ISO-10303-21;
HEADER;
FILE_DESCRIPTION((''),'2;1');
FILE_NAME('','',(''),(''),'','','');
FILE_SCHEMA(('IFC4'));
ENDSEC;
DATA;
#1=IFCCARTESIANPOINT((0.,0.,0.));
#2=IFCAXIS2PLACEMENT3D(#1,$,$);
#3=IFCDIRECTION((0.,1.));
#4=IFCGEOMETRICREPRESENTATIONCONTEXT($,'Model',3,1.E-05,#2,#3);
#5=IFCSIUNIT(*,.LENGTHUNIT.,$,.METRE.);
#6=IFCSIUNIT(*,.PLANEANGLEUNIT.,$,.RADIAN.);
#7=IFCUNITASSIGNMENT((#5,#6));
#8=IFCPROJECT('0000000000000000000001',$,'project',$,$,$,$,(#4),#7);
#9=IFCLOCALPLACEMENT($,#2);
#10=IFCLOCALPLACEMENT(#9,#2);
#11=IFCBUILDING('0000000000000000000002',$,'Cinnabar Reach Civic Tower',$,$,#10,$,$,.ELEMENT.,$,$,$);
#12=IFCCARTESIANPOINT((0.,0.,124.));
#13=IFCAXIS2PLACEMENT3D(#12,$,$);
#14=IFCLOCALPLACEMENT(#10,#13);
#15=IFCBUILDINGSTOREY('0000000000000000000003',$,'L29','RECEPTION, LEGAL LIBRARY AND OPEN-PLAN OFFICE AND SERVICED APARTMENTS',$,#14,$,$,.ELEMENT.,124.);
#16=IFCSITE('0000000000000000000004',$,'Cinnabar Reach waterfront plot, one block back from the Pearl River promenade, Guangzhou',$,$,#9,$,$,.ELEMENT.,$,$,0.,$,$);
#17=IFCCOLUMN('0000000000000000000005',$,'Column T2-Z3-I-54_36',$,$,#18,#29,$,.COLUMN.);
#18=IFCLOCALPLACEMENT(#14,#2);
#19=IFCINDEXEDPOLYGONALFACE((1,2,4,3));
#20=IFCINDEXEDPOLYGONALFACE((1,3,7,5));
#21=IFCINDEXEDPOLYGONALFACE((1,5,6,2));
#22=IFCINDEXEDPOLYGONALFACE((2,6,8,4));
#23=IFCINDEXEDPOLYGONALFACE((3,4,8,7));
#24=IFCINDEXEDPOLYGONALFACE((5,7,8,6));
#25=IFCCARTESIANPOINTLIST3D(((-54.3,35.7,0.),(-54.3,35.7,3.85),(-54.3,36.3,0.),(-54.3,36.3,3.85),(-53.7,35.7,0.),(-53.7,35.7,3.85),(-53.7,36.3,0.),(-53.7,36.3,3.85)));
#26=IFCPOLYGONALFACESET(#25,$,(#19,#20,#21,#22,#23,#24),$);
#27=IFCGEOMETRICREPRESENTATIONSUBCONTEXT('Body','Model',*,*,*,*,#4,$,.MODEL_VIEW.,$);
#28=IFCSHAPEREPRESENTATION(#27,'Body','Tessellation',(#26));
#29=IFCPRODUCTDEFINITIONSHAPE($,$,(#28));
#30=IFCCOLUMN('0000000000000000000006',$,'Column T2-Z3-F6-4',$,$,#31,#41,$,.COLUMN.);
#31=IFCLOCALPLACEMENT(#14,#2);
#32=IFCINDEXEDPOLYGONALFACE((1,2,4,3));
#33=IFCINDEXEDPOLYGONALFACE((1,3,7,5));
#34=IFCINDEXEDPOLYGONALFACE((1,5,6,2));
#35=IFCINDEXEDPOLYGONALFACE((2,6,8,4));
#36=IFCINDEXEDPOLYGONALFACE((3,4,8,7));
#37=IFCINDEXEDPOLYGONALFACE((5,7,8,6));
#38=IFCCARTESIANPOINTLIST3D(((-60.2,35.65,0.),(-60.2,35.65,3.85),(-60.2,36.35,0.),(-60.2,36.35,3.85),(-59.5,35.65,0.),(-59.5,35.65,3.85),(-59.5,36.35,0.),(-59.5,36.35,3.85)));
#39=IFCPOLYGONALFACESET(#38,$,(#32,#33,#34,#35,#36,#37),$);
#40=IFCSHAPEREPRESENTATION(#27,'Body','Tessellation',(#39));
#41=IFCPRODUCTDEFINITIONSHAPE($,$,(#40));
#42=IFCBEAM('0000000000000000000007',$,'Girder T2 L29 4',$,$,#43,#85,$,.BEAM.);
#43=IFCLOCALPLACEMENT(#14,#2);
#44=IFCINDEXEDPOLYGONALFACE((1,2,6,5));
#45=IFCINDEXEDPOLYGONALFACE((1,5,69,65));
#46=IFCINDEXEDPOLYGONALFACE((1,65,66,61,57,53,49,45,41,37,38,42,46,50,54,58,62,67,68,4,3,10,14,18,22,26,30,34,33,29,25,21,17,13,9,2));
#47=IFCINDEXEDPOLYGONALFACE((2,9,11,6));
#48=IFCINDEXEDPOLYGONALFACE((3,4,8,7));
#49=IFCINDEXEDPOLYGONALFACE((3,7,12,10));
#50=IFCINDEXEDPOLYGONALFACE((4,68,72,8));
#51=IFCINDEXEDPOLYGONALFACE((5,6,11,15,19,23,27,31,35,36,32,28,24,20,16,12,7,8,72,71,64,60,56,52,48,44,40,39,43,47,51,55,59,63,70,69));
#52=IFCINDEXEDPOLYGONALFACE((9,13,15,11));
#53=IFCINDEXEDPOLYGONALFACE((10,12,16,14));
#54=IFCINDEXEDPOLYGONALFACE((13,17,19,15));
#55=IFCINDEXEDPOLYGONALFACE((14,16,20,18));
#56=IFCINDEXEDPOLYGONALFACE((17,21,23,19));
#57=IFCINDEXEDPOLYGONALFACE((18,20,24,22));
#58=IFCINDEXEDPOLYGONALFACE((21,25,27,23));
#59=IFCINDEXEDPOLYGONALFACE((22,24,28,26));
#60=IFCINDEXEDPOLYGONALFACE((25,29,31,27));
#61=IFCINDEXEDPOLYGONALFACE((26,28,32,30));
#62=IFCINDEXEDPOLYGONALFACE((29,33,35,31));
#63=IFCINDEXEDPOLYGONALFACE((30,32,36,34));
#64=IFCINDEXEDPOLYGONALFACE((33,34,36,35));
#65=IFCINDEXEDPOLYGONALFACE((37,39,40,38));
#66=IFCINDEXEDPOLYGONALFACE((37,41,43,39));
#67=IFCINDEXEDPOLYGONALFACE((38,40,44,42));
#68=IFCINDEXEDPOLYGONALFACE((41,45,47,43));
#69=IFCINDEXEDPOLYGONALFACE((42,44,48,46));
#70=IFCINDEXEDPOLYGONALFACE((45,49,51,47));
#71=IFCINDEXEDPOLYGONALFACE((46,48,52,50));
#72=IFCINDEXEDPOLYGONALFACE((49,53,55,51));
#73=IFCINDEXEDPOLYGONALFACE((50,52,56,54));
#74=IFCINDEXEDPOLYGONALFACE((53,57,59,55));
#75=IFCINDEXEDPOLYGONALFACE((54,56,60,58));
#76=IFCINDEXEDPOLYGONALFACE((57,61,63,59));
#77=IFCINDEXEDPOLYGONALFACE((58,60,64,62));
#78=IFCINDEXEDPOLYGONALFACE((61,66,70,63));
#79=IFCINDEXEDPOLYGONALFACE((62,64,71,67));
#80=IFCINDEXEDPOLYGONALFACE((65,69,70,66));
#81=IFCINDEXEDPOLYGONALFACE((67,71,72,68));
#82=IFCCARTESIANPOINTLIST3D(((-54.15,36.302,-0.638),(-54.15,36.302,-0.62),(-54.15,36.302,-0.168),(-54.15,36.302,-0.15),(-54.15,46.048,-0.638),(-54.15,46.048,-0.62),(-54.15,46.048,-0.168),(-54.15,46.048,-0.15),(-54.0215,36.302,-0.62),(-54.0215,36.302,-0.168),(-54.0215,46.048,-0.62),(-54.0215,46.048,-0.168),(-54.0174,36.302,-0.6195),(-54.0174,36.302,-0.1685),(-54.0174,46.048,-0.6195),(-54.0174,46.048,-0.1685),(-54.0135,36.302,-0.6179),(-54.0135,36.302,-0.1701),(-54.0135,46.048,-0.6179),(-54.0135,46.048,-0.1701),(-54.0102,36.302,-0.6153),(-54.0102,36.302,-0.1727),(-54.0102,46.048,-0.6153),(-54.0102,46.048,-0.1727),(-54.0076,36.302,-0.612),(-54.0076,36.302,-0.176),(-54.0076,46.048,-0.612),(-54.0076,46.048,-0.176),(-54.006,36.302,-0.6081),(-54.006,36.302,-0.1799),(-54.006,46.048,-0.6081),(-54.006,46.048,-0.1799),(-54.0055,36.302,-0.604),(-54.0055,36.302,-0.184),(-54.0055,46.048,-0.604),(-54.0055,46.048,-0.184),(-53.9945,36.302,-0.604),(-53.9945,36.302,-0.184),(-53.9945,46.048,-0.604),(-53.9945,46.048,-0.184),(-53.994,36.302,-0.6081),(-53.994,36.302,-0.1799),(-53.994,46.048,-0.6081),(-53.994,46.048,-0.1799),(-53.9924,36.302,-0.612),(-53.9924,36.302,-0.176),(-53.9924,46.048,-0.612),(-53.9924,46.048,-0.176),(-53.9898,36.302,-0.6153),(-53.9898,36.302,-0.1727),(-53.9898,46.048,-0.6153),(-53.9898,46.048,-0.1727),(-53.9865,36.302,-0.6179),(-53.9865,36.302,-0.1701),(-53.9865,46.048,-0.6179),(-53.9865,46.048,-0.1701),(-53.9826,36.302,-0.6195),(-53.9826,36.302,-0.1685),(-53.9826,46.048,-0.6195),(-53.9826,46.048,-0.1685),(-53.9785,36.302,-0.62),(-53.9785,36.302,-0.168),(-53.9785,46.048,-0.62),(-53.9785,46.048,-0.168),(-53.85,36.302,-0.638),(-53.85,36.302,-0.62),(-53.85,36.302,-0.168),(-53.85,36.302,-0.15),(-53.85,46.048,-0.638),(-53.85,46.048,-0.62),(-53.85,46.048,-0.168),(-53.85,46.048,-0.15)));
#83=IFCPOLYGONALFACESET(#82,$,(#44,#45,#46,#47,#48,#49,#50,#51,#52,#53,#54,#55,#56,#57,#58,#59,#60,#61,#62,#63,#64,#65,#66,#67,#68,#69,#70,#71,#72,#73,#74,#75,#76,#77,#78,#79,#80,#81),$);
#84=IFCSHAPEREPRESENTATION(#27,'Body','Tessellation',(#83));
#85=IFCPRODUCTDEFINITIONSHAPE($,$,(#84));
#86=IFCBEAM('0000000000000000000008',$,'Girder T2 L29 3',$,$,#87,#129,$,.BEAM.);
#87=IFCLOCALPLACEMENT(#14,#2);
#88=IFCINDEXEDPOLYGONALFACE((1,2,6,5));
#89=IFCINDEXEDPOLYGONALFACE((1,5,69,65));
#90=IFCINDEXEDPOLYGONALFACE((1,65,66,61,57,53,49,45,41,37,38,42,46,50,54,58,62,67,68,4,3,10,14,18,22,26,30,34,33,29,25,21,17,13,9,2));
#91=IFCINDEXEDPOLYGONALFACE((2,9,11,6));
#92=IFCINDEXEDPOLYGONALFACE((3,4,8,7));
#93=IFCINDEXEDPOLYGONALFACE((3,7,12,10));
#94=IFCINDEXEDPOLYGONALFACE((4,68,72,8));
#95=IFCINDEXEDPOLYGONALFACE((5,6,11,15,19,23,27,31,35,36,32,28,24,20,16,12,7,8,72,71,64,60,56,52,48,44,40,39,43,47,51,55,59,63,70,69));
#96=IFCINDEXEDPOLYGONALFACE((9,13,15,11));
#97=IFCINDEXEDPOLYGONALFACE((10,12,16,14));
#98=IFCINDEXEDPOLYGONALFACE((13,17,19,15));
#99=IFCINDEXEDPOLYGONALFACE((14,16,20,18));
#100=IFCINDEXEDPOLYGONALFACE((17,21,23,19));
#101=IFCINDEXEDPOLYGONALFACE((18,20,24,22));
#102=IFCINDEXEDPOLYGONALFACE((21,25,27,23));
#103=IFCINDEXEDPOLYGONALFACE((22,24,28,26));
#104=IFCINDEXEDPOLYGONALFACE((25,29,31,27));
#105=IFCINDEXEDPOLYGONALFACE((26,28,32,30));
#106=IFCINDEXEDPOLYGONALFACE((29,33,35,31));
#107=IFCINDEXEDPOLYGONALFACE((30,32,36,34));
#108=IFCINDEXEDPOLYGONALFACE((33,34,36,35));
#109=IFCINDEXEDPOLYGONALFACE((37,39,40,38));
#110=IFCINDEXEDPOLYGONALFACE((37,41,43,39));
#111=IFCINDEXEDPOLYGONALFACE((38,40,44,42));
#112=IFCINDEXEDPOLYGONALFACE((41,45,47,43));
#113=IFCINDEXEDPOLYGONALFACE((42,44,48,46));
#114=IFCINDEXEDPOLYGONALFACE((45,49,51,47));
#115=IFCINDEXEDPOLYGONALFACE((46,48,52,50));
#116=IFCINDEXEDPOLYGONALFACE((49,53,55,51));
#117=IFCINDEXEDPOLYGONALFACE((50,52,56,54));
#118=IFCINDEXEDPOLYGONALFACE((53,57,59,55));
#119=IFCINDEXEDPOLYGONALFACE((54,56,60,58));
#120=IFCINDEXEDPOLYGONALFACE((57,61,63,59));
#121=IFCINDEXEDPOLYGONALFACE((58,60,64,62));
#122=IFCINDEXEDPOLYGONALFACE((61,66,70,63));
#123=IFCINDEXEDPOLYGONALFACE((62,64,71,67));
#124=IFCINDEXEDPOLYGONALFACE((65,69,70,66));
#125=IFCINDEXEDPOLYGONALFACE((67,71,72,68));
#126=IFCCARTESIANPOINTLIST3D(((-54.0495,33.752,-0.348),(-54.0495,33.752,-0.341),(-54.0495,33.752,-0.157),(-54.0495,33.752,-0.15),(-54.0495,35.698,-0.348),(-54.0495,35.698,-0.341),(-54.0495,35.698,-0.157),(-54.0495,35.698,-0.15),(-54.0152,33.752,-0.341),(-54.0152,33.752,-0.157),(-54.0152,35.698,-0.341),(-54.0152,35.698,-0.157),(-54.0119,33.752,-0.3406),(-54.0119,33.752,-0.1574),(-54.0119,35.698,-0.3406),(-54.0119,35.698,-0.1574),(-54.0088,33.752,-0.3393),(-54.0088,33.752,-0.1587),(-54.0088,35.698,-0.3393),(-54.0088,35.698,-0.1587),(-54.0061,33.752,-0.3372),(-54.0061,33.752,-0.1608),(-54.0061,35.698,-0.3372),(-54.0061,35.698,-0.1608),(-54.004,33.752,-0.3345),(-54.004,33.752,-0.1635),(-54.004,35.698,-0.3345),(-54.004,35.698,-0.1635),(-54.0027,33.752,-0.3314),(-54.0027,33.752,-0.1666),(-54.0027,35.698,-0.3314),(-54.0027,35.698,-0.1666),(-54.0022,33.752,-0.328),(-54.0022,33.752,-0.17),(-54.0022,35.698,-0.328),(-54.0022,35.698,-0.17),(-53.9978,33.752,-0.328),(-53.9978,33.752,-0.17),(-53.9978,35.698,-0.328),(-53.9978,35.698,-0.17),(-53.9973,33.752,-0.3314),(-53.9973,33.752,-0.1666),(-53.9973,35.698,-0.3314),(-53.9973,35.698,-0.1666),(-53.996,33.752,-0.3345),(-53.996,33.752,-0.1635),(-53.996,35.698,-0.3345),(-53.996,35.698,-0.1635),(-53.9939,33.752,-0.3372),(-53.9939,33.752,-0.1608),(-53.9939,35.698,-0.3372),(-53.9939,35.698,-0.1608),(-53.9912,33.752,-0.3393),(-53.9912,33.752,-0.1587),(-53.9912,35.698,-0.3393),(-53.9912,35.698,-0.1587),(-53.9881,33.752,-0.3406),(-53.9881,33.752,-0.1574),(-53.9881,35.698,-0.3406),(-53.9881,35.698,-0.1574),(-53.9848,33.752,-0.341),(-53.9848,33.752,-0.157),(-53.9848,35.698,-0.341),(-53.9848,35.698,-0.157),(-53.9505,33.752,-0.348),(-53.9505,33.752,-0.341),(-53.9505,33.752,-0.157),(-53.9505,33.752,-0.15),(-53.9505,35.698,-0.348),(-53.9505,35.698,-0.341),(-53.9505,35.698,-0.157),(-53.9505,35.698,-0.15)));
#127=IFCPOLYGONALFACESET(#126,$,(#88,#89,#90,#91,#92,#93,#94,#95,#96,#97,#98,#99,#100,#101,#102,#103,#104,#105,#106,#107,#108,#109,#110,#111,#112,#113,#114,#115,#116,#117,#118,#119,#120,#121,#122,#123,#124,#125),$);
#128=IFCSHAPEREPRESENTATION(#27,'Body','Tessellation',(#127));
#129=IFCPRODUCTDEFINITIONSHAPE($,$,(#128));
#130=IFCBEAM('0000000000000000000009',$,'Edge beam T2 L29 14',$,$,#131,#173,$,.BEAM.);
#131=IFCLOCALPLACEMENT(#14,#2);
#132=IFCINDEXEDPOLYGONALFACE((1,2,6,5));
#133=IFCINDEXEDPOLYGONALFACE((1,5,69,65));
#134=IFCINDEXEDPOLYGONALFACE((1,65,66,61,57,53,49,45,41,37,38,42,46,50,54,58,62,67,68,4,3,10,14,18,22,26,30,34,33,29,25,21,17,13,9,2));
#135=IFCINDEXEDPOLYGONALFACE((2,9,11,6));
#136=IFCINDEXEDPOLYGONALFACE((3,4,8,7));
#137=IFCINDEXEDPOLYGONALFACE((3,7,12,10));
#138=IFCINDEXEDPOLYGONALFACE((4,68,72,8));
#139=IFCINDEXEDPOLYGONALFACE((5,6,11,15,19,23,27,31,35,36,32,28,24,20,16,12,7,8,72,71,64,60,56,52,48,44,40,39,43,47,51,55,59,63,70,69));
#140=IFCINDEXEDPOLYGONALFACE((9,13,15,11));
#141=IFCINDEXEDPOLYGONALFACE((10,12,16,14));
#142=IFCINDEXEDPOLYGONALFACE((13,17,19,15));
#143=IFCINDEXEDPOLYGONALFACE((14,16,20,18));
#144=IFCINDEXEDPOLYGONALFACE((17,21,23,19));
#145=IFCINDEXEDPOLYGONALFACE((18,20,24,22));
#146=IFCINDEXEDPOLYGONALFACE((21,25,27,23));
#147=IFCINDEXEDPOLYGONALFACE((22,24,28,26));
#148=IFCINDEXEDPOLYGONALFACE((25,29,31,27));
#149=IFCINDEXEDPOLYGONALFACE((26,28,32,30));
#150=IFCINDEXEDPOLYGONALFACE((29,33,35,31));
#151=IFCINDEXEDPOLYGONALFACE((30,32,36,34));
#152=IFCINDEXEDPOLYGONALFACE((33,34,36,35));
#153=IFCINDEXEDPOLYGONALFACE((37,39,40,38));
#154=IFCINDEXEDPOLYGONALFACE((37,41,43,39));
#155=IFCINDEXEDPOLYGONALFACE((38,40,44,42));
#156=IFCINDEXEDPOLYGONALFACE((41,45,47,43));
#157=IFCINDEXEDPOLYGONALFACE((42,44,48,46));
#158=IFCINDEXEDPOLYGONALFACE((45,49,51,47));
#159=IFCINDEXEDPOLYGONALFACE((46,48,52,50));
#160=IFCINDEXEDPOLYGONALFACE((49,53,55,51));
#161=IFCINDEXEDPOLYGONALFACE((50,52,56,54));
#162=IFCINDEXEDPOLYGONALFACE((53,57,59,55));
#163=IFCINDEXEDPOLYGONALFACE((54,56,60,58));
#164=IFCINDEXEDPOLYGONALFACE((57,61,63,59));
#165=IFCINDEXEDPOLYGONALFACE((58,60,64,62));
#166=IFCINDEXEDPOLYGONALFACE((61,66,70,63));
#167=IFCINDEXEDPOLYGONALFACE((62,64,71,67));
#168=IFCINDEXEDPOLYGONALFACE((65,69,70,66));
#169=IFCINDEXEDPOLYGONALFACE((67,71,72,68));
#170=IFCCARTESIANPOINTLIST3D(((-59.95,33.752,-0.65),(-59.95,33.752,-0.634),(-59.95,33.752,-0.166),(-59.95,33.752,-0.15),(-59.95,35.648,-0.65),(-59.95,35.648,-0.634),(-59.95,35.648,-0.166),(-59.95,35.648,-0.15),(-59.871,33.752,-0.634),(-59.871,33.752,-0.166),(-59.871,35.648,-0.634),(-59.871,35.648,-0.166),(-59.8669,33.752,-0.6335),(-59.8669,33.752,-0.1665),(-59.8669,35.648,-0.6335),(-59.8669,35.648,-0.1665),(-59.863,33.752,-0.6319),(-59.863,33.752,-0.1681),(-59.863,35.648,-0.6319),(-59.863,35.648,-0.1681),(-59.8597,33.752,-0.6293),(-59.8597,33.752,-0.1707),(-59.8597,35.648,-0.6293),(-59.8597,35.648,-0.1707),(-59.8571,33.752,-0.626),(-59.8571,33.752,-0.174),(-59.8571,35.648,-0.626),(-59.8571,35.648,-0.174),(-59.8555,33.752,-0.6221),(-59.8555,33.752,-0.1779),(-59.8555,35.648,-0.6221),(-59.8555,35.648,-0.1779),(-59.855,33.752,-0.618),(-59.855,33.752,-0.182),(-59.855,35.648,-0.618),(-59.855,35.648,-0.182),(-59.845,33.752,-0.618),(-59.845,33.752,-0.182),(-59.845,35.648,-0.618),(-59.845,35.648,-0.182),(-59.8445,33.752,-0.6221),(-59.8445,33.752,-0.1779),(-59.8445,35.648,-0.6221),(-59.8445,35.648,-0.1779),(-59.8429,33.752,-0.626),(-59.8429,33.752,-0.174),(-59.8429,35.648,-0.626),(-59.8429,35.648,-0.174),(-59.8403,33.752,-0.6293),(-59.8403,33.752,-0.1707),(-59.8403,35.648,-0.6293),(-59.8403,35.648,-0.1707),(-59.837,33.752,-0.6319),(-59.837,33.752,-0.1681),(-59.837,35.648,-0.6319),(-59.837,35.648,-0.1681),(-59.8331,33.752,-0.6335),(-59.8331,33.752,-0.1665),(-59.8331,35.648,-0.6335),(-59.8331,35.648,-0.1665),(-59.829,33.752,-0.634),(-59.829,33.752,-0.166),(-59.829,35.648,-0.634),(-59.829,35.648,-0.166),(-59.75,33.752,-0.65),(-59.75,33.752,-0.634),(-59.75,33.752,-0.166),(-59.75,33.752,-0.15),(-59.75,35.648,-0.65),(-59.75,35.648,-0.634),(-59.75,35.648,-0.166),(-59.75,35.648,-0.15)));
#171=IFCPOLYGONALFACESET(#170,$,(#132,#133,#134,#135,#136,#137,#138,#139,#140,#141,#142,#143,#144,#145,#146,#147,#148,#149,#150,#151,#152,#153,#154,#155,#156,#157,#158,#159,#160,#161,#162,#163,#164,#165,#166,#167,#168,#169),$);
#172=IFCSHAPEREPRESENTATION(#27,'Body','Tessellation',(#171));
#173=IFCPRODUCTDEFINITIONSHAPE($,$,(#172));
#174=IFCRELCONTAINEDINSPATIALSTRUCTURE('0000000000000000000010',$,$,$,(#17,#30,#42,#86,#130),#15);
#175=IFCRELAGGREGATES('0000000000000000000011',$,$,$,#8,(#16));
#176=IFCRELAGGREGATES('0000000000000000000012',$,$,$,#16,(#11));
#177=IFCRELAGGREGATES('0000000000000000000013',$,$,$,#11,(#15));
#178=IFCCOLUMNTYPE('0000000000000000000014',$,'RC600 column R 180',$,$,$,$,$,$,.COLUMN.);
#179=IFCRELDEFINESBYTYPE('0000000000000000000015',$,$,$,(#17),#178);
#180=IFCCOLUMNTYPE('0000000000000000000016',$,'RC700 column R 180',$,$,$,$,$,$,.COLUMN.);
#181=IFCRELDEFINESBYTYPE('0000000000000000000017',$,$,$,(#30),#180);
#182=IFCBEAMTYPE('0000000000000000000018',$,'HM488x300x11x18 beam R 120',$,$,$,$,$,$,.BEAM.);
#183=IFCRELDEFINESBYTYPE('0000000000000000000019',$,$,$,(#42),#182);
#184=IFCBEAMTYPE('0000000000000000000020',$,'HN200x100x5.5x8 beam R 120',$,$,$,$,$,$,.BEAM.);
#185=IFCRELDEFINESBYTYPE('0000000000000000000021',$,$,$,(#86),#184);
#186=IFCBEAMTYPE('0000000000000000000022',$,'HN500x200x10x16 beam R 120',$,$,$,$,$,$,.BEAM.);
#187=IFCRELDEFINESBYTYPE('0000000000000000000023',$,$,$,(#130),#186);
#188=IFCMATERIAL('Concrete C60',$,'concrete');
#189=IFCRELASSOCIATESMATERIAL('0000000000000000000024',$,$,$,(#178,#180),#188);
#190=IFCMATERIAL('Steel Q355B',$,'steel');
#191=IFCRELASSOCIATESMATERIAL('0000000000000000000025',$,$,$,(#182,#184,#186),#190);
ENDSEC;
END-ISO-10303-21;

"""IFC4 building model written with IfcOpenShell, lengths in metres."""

from ifc_helpers import new_model, si_unit, direction, frame, origin, origin_2d, place, context, subcontext, project, spatial, rectangle, i_section, extrude, material, material_profile, profile_set, type_object, element, save


model = new_model("IFC4")

# Units and contexts
model_context = context("Model", 3, precision=1e-05, world=origin(), true_north=direction((0.0, 1.0)))
body_context = subcontext(model_context, "Body", "Model", "MODEL_VIEW")
ifc_project = project(units=[si_unit("LENGTHUNIT", "METRE"), si_unit("PLANEANGLEUNIT", "RADIAN")], contexts=[model_context])

# Site, building, storey
site_placement = place(None, origin())
site = spatial("IfcSite", under=ifc_project, at=site_placement, Name="Cinnabar Reach waterfront plot, one block back from the Pearl River promenade, Guangzhou", CompositionType="ELEMENT", RefElevation=0.0)
building_placement = place(site_placement, origin())
building = spatial("IfcBuilding", under=site, at=building_placement, Name="Cinnabar Reach Civic Tower", CompositionType="ELEMENT")
storey_placement = place(building_placement, frame((0.0, 0.0, 124.0)))
storey = spatial("IfcBuildingStorey", under=building, at=storey_placement, Name="L29", Description="RECEPTION, LEGAL LIBRARY AND OPEN-PLAN OFFICE AND SERVICED APARTMENTS", CompositionType="ELEMENT", Elevation=124.0)

# Columns
ifc_material_1 = material(Name="Concrete C60", Category="concrete")
ifc_material_profile_1 = material_profile(ifc_material_1, rectangle(XDim=0.6, YDim=0.6, at=origin_2d()), Name="RC600")
ifc_profile_set_1 = profile_set([ifc_material_profile_1], Name="Concrete C60")
column_type_1 = type_object("IfcColumnType", Name="RC600 column R 180", PredefinedType="COLUMN", material=ifc_profile_set_1)
column_1_placement = place(storey_placement, frame((-54.0, 36.0, 0.0), z_axis=(0.0, 0.0, 1.0), x_axis=(1.0, 0.0, 0.0)))
element("IfcColumn", 1, at=column_1_placement, inside=storey, type_object=column_type_1, Name="Column T2-Z3-I-54_36", PredefinedType="COLUMN", context=body_context, shape_type="SweptSolid", body=[
    extrude(rectangle(XDim=0.6, YDim=0.6, at=origin_2d()), origin(), (0.0, 0.0, 1.0), 3.85),
])
ifc_material_profile_2 = material_profile(ifc_material_1, rectangle(XDim=0.7, YDim=0.7, at=origin_2d()), Name="RC700")
ifc_profile_set_2 = profile_set([ifc_material_profile_2], Name="Concrete C60")
column_type_2 = type_object("IfcColumnType", Name="RC700 column R 180", PredefinedType="COLUMN", material=ifc_profile_set_2)
column_2_placement = place(storey_placement, frame((-59.85, 36.0, 0.0), z_axis=(0.0, 0.0, 1.0), x_axis=(1.0, 0.0, 0.0)))
element("IfcColumn", 2, at=column_2_placement, inside=storey, type_object=column_type_2, Name="Column T2-Z3-F6-4", PredefinedType="COLUMN", context=body_context, shape_type="SweptSolid", body=[
    extrude(rectangle(XDim=0.7, YDim=0.7, at=origin_2d()), origin(), (0.0, 0.0, 1.0), 3.85),
])

# Beams
ifc_material_2 = material(Name="Steel Q355B", Category="steel")
ifc_material_profile_3 = material_profile(ifc_material_2, i_section(OverallWidth=0.3, OverallDepth=0.488, WebThickness=0.011, FlangeThickness=0.018, FilletRadius=0.016, at=origin_2d()), Name="HM488x300x11x18")
ifc_profile_set_3 = profile_set([ifc_material_profile_3], Name="Steel Q355B")
beam_type_1 = type_object("IfcBeamType", Name="HM488x300x11x18 beam R 120", PredefinedType="BEAM", material=ifc_profile_set_3)
beam_1_placement = place(storey_placement, frame((-54.0, 36.302, -0.394), z_axis=(0.0, 1.0, 0.0), x_axis=(-1.0, 0.0, 0.0)))
element("IfcBeam", 3, at=beam_1_placement, inside=storey, type_object=beam_type_1, Name="Girder T2 L29 4", PredefinedType="BEAM", context=body_context, shape_type="SweptSolid", body=[
    extrude(i_section(OverallWidth=0.3, OverallDepth=0.488, WebThickness=0.011, FlangeThickness=0.018, FilletRadius=0.016, at=origin_2d()), origin(), (0.0, 0.0, 1.0), 9.746),
])
ifc_material_profile_4 = material_profile(ifc_material_2, i_section(OverallWidth=0.099, OverallDepth=0.198, WebThickness=0.0045, FlangeThickness=0.007, FilletRadius=0.013, at=origin_2d()), Name="HN200x100x5.5x8")
ifc_profile_set_4 = profile_set([ifc_material_profile_4], Name="Steel Q355B")
beam_type_2 = type_object("IfcBeamType", Name="HN200x100x5.5x8 beam R 120", PredefinedType="BEAM", material=ifc_profile_set_4)
beam_2_placement = place(storey_placement, frame((-54.0, 33.752, -0.249), z_axis=(0.0, 1.0, 0.0), x_axis=(-1.0, 0.0, 0.0)))
element("IfcBeam", 4, at=beam_2_placement, inside=storey, type_object=beam_type_2, Name="Girder T2 L29 3", PredefinedType="BEAM", context=body_context, shape_type="SweptSolid", body=[
    extrude(i_section(OverallWidth=0.099, OverallDepth=0.198, WebThickness=0.0045, FlangeThickness=0.007, FilletRadius=0.013, at=origin_2d()), origin(), (0.0, 0.0, 1.0), 1.946),
])
ifc_material_profile_5 = material_profile(ifc_material_2, i_section(OverallWidth=0.2, OverallDepth=0.5, WebThickness=0.01, FlangeThickness=0.016, FilletRadius=0.016, at=origin_2d()), Name="HN500x200x10x16")
ifc_profile_set_5 = profile_set([ifc_material_profile_5], Name="Steel Q355B")
beam_type_3 = type_object("IfcBeamType", Name="HN500x200x10x16 beam R 120", PredefinedType="BEAM", material=ifc_profile_set_5)
beam_3_placement = place(storey_placement, frame((-59.85, 35.648, -0.4), z_axis=(0.0, -1.0, 0.0), x_axis=(1.0, 0.0, 0.0)))
element("IfcBeam", 5, at=beam_3_placement, inside=storey, type_object=beam_type_3, Name="Edge beam T2 L29 14", PredefinedType="BEAM", context=body_context, shape_type="SweptSolid", body=[
    extrude(i_section(OverallWidth=0.2, OverallDepth=0.5, WebThickness=0.01, FlangeThickness=0.016, FilletRadius=0.016, at=origin_2d()), origin(), (0.0, 0.0, 1.0), 1.896),
])

save(model, "model.ifc")
